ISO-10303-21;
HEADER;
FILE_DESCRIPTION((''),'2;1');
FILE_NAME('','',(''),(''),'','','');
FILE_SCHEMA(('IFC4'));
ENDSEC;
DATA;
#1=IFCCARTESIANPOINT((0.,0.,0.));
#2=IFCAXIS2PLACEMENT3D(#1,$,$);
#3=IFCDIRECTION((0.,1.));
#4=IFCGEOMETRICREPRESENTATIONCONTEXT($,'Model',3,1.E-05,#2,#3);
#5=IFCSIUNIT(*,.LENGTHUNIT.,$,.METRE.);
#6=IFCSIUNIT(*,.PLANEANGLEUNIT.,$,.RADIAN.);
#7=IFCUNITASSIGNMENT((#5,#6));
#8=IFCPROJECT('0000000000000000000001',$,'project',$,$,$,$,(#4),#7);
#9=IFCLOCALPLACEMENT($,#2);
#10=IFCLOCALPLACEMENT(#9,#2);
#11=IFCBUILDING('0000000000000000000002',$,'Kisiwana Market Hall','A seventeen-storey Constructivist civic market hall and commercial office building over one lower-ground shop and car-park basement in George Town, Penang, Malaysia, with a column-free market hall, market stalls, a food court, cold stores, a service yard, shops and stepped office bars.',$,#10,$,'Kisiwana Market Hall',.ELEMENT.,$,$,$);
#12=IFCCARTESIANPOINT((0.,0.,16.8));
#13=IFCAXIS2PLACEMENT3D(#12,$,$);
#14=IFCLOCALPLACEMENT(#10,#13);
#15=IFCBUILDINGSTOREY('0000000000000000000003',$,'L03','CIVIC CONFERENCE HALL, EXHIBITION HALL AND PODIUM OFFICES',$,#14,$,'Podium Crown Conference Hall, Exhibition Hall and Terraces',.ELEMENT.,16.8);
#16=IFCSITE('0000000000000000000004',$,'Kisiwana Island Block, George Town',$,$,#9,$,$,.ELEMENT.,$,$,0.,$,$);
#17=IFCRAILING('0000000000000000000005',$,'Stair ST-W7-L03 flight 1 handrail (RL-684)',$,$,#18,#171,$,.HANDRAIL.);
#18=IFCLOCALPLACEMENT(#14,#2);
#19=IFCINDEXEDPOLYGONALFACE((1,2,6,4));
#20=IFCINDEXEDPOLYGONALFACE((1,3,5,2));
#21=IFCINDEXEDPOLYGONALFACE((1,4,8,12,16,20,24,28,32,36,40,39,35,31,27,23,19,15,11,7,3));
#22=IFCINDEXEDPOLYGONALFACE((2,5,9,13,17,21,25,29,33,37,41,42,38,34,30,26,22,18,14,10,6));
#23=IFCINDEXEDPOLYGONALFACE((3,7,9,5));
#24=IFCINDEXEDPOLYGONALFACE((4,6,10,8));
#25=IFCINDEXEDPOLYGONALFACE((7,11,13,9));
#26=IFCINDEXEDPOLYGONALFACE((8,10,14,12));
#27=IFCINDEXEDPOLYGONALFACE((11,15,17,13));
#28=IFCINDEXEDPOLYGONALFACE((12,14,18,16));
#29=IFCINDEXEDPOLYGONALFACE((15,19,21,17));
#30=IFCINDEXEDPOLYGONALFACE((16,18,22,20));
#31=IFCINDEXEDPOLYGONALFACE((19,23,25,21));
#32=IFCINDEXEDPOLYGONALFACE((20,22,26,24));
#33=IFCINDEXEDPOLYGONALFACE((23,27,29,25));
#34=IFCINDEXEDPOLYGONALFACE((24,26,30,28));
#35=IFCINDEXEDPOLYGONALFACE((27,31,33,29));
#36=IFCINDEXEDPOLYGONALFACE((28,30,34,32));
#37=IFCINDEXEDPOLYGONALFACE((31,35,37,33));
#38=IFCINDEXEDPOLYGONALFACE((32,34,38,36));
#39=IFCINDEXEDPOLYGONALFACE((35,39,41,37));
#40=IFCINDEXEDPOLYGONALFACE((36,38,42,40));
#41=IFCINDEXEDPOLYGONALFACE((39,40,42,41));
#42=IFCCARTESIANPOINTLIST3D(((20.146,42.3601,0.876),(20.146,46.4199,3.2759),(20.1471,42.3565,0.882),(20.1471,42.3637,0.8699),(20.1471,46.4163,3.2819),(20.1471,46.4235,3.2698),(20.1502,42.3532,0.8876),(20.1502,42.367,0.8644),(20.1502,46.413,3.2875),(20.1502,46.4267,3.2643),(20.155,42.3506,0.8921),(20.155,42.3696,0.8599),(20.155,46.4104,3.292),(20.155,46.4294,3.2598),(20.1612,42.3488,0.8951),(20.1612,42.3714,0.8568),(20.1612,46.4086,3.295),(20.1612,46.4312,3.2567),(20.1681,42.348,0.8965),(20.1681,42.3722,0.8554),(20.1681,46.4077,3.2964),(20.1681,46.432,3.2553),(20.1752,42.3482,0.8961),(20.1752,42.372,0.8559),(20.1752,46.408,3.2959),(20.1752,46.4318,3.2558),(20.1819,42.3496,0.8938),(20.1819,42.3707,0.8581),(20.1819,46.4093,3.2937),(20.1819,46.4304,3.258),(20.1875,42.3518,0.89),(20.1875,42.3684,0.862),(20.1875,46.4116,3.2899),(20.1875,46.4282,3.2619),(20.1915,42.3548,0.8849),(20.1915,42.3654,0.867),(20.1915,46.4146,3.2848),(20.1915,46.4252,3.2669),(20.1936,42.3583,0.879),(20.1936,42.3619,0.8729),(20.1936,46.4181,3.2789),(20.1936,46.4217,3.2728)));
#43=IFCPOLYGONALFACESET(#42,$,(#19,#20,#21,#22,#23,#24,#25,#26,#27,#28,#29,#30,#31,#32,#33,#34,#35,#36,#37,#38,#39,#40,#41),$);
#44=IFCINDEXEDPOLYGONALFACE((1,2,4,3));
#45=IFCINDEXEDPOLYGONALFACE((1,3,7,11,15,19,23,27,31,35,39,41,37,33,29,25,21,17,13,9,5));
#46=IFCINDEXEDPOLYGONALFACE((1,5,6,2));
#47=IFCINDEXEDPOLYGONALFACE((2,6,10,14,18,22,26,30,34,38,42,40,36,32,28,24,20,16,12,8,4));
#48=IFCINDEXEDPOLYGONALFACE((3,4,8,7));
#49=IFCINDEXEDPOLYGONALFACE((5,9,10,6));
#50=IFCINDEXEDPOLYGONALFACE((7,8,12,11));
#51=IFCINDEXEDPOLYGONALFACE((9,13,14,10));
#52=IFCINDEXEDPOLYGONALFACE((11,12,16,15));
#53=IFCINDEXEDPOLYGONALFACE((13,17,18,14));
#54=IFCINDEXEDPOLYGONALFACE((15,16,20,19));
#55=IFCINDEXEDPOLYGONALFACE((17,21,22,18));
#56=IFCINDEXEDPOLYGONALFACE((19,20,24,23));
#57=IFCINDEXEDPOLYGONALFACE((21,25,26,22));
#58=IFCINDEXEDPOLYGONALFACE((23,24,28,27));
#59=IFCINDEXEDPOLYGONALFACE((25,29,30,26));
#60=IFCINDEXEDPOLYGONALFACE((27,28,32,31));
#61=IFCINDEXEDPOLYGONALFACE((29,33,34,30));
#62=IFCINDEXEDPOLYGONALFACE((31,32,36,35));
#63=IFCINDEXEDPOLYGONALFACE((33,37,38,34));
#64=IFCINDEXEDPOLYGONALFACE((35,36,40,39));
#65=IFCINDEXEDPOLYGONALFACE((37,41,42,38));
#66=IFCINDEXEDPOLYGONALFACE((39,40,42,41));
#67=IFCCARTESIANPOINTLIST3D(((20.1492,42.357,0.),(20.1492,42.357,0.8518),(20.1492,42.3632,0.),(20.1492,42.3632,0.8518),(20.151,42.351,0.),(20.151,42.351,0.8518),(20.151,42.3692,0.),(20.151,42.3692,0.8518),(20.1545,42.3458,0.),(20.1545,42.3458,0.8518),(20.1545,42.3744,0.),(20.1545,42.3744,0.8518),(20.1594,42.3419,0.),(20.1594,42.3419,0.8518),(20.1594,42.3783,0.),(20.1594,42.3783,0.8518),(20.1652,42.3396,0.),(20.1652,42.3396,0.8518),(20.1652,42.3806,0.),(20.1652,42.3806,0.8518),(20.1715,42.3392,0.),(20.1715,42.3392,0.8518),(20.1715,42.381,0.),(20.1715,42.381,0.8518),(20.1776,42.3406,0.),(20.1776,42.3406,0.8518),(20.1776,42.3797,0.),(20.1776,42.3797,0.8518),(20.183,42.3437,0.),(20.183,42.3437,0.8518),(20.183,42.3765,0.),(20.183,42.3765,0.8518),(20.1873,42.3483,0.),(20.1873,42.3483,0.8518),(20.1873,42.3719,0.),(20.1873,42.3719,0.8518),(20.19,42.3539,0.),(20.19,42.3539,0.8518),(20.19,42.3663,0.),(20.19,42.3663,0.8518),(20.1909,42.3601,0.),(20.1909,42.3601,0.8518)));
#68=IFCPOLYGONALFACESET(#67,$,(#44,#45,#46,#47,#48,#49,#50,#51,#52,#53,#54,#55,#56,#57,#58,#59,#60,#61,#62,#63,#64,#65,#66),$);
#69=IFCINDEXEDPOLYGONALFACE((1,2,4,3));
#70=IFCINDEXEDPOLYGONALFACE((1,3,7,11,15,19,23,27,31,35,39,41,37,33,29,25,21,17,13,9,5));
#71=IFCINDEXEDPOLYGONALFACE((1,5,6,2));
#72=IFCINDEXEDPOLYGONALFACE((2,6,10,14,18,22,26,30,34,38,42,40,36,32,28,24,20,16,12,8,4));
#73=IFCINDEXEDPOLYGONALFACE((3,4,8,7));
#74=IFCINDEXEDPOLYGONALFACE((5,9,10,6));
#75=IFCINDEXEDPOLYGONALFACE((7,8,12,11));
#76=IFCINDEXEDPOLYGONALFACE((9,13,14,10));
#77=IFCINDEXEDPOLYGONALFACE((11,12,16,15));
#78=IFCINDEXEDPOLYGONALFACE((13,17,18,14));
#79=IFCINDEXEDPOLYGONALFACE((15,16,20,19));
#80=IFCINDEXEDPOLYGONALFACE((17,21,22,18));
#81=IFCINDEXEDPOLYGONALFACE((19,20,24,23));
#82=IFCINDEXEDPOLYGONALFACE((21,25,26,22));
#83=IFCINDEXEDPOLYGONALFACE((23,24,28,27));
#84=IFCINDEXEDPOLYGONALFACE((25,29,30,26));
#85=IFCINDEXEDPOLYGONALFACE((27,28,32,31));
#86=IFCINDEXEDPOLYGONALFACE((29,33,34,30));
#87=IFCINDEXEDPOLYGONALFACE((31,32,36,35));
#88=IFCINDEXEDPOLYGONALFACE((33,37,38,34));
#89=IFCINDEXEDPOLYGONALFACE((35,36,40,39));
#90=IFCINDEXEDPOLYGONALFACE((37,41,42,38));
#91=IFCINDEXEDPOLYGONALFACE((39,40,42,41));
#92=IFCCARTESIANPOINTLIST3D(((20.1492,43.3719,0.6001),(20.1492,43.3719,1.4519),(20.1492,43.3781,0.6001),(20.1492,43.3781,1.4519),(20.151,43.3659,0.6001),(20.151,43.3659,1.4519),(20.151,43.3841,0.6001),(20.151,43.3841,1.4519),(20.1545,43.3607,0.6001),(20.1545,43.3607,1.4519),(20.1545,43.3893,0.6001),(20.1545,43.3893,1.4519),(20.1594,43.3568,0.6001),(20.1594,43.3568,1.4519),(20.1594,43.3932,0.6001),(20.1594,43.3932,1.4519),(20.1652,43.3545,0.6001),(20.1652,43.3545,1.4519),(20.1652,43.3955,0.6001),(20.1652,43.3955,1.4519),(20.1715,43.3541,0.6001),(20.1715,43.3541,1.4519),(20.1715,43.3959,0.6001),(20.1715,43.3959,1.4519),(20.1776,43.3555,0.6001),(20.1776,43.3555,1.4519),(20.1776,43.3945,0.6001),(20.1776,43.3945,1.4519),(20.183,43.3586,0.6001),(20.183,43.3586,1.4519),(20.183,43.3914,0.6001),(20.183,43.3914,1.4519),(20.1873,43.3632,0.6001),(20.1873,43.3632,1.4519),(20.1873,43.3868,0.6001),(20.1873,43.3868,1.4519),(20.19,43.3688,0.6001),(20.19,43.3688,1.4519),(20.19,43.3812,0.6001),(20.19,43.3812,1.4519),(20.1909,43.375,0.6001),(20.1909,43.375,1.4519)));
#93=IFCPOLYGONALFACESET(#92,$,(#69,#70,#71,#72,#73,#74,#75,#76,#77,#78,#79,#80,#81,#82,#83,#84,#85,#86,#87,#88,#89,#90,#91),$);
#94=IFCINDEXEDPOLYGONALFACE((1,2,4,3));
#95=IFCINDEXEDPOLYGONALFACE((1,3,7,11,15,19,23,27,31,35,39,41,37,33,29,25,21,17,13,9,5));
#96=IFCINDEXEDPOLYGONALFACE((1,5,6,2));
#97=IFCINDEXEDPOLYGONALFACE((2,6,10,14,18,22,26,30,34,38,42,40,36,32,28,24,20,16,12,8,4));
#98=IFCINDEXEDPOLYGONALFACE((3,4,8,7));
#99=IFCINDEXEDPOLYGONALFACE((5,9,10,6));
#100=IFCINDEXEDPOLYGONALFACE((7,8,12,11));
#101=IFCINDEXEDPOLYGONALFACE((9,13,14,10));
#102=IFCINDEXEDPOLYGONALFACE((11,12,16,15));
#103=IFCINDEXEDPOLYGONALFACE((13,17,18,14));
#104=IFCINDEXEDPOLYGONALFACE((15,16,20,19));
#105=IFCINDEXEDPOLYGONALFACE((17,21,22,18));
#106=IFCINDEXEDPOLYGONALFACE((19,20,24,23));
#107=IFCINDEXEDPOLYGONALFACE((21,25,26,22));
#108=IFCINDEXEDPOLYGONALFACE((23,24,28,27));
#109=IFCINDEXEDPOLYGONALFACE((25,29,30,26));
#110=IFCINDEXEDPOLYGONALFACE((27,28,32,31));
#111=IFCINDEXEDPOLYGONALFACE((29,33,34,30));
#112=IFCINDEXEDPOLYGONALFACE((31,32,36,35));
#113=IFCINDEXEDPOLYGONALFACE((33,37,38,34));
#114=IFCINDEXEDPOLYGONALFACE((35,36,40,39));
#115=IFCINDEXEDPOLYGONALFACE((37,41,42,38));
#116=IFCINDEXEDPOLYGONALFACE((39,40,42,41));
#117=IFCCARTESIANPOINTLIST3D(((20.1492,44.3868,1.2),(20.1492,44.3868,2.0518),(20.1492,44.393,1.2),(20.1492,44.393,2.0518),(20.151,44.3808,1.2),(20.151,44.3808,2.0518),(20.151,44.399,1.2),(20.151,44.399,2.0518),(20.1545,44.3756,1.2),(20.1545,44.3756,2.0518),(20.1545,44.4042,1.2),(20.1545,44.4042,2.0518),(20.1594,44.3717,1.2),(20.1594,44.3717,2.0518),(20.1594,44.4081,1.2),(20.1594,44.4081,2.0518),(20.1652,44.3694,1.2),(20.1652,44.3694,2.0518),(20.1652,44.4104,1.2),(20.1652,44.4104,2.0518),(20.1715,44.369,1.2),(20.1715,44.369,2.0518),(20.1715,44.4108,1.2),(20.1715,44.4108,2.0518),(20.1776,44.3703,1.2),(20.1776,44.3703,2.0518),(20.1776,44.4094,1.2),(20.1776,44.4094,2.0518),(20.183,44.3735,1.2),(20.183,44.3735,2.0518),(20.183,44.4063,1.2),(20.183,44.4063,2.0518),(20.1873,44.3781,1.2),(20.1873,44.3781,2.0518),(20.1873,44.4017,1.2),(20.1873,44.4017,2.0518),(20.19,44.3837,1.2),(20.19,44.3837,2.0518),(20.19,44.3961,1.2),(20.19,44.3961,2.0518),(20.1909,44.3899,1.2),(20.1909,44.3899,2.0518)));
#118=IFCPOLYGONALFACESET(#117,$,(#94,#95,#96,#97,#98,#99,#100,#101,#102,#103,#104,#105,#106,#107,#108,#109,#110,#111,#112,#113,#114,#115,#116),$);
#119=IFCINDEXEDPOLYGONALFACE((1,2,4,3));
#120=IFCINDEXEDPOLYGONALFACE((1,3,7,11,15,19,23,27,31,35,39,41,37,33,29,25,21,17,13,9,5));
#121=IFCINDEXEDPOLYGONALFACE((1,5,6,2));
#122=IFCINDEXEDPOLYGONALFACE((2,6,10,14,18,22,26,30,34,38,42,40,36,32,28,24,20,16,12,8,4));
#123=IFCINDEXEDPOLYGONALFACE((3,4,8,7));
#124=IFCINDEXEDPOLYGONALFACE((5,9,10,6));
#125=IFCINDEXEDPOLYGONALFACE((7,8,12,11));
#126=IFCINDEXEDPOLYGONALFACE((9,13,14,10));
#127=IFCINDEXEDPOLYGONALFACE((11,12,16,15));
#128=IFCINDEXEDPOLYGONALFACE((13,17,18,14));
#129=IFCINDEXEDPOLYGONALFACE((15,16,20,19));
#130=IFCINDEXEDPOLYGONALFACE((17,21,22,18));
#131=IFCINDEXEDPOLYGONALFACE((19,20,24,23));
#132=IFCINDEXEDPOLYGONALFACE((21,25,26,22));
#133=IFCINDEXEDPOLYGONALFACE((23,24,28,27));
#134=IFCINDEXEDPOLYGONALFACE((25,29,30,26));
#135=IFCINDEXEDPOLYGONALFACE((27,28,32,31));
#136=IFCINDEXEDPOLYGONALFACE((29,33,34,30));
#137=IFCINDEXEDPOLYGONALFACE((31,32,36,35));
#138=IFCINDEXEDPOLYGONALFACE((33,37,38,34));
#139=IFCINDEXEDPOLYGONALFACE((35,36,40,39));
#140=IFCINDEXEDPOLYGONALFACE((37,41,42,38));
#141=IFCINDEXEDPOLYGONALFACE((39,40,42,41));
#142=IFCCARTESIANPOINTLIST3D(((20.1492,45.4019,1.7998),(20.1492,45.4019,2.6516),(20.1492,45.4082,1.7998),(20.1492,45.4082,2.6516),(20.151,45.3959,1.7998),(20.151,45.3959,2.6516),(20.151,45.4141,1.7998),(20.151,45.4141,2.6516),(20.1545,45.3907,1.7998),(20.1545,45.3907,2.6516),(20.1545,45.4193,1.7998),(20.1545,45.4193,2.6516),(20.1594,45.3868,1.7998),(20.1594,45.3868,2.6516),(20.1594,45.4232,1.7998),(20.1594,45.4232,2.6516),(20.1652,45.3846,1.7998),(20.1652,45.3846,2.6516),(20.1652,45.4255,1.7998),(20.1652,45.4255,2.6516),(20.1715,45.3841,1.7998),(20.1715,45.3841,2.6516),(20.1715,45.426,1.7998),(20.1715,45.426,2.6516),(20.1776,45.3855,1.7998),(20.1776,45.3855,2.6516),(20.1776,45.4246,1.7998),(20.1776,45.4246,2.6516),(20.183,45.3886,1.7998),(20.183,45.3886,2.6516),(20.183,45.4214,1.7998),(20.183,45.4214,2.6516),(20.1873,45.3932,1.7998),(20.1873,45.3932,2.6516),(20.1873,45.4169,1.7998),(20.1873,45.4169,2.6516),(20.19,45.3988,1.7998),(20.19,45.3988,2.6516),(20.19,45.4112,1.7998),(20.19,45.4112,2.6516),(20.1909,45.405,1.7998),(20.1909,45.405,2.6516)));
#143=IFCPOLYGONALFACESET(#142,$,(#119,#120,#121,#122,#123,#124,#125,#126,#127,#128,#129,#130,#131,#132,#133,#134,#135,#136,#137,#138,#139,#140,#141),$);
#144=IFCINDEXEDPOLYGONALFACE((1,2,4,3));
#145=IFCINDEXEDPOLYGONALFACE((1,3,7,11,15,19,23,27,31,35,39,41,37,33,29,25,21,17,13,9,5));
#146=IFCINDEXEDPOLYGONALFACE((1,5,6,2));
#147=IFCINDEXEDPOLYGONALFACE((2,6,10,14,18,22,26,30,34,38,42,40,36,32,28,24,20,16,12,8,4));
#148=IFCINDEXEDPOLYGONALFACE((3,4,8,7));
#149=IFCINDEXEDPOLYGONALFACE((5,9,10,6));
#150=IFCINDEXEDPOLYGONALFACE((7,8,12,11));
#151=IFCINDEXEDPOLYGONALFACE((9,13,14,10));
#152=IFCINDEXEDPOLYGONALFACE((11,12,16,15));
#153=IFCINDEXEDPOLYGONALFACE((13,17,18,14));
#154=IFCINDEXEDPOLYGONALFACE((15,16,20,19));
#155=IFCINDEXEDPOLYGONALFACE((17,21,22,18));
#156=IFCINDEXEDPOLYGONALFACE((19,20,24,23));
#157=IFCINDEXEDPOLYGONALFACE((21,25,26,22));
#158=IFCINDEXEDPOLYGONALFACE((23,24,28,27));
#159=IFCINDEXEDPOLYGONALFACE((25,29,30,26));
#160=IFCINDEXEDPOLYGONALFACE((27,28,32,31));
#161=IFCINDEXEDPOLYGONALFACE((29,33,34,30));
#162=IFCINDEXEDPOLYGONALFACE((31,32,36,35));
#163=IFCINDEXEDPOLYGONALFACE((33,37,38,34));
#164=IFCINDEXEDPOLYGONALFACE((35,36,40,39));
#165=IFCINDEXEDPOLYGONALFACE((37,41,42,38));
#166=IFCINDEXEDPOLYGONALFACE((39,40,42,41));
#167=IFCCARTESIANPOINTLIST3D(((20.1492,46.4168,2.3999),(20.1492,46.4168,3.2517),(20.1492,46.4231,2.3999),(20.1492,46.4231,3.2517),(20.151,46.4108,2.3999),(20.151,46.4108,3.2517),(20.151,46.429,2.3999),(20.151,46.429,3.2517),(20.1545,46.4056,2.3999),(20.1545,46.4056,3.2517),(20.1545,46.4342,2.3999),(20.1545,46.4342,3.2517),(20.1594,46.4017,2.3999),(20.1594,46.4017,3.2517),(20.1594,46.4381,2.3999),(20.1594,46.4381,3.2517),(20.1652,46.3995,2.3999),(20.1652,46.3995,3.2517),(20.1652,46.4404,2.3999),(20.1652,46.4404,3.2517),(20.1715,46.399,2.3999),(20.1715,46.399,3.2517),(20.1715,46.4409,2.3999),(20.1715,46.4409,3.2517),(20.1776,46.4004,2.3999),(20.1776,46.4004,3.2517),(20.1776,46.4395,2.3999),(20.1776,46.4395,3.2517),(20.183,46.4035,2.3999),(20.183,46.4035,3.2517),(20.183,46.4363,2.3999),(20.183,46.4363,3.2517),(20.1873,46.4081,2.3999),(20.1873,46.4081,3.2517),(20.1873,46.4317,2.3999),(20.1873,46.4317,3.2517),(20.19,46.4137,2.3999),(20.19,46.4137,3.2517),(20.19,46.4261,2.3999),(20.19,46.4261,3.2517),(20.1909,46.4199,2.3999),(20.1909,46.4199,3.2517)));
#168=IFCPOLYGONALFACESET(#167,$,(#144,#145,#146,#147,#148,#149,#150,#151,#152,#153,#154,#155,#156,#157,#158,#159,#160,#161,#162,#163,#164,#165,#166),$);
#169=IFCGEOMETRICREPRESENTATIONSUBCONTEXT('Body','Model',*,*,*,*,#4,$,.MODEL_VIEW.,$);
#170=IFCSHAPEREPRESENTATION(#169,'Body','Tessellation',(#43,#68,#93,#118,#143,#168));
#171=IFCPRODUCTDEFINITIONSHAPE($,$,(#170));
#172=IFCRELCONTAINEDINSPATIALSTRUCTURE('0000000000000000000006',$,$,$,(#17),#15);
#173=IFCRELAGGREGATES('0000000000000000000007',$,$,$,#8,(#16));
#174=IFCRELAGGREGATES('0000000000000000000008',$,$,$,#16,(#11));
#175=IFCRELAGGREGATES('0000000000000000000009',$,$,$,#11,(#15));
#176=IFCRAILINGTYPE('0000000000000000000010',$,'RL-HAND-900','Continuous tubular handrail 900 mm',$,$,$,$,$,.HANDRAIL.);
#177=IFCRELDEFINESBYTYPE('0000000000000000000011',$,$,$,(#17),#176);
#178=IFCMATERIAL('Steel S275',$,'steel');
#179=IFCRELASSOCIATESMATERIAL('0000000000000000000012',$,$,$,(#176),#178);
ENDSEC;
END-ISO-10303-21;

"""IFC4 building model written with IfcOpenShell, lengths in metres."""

from ifc_helpers import new_model, si_unit, direction, frame, origin, origin_2d, place, context, subcontext, project, spatial, circle, extrude, material, type_object, element, save


model = new_model("IFC4")

# Units and contexts
model_context = context("Model", 3, precision=1e-05, world=origin(), true_north=direction((0.0, 1.0)))
body_context = subcontext(model_context, "Body", "Model", "MODEL_VIEW")
ifc_project = project(units=[si_unit("LENGTHUNIT", "METRE"), si_unit("PLANEANGLEUNIT", "RADIAN")], contexts=[model_context])

# Site, building, storey
site_placement = place(None, origin())
site = spatial("IfcSite", under=ifc_project, at=site_placement, Name="Kisiwana Island Block, George Town", CompositionType="ELEMENT", RefElevation=0.0)
building_placement = place(site_placement, origin())
building = spatial("IfcBuilding", under=site, at=building_placement, Name="Kisiwana Market Hall", Description="A seventeen-storey Constructivist civic market hall and commercial office building over one lower-ground shop and car-park basement in George Town, Penang, Malaysia, with a column-free market hall, market stalls, a food court, cold stores, a service yard, shops and stepped office bars.", LongName="Kisiwana Market Hall", CompositionType="ELEMENT")
storey_placement = place(building_placement, frame((0.0, 0.0, 16.8)))
storey = spatial("IfcBuildingStorey", under=building, at=storey_placement, Name="L03", Description="CIVIC CONFERENCE HALL, EXHIBITION HALL AND PODIUM OFFICES", LongName="Podium Crown Conference Hall, Exhibition Hall and Terraces", CompositionType="ELEMENT", Elevation=16.8)

# Railing
ifc_material_1 = material(Name="Steel S275", Category="steel")
railing_type_1 = type_object("IfcRailingType", Name="RL-HAND-900", Description="Continuous tubular handrail 900 mm", PredefinedType="HANDRAIL", material=ifc_material_1)
railing_1_placement = place(storey_placement, frame((20.1699, 42.3601, 0.0)))
element("IfcRailing", 1, at=railing_1_placement, inside=storey, type_object=railing_type_1, Name="Stair ST-W7-L03 flight 1 handrail (RL-684)", PredefinedType="HANDRAIL", context=body_context, shape_type="SweptSolid", body=[
    extrude(circle(Radius=0.0239, at=origin_2d()), frame((0.0, 0.0, 0.876), z_axis=(0.0, 0.860841, 0.508874), x_axis=(-1.0, 0.0, 0.0)), (0.0, 0.0, 1.0), 4.7161),
    extrude(circle(Radius=0.021, at=origin_2d()), origin(), (0.0, 0.0, 1.0), 0.8518),
    extrude(circle(Radius=0.021, at=origin_2d()), frame((0.0, 1.0149, 0.6001)), (0.0, 0.0, 1.0), 0.8518),
    extrude(circle(Radius=0.021, at=origin_2d()), frame((0.0, 2.0298, 1.2)), (0.0, 0.0, 1.0), 0.8518),
    extrude(circle(Radius=0.021, at=origin_2d()), frame((0.0, 3.0449, 1.7998)), (0.0, 0.0, 1.0), 0.8518),
    extrude(circle(Radius=0.021, at=origin_2d()), frame((0.0, 4.0598, 2.3999)), (0.0, 0.0, 1.0), 0.8518),
])

save(model, "model.ifc")
